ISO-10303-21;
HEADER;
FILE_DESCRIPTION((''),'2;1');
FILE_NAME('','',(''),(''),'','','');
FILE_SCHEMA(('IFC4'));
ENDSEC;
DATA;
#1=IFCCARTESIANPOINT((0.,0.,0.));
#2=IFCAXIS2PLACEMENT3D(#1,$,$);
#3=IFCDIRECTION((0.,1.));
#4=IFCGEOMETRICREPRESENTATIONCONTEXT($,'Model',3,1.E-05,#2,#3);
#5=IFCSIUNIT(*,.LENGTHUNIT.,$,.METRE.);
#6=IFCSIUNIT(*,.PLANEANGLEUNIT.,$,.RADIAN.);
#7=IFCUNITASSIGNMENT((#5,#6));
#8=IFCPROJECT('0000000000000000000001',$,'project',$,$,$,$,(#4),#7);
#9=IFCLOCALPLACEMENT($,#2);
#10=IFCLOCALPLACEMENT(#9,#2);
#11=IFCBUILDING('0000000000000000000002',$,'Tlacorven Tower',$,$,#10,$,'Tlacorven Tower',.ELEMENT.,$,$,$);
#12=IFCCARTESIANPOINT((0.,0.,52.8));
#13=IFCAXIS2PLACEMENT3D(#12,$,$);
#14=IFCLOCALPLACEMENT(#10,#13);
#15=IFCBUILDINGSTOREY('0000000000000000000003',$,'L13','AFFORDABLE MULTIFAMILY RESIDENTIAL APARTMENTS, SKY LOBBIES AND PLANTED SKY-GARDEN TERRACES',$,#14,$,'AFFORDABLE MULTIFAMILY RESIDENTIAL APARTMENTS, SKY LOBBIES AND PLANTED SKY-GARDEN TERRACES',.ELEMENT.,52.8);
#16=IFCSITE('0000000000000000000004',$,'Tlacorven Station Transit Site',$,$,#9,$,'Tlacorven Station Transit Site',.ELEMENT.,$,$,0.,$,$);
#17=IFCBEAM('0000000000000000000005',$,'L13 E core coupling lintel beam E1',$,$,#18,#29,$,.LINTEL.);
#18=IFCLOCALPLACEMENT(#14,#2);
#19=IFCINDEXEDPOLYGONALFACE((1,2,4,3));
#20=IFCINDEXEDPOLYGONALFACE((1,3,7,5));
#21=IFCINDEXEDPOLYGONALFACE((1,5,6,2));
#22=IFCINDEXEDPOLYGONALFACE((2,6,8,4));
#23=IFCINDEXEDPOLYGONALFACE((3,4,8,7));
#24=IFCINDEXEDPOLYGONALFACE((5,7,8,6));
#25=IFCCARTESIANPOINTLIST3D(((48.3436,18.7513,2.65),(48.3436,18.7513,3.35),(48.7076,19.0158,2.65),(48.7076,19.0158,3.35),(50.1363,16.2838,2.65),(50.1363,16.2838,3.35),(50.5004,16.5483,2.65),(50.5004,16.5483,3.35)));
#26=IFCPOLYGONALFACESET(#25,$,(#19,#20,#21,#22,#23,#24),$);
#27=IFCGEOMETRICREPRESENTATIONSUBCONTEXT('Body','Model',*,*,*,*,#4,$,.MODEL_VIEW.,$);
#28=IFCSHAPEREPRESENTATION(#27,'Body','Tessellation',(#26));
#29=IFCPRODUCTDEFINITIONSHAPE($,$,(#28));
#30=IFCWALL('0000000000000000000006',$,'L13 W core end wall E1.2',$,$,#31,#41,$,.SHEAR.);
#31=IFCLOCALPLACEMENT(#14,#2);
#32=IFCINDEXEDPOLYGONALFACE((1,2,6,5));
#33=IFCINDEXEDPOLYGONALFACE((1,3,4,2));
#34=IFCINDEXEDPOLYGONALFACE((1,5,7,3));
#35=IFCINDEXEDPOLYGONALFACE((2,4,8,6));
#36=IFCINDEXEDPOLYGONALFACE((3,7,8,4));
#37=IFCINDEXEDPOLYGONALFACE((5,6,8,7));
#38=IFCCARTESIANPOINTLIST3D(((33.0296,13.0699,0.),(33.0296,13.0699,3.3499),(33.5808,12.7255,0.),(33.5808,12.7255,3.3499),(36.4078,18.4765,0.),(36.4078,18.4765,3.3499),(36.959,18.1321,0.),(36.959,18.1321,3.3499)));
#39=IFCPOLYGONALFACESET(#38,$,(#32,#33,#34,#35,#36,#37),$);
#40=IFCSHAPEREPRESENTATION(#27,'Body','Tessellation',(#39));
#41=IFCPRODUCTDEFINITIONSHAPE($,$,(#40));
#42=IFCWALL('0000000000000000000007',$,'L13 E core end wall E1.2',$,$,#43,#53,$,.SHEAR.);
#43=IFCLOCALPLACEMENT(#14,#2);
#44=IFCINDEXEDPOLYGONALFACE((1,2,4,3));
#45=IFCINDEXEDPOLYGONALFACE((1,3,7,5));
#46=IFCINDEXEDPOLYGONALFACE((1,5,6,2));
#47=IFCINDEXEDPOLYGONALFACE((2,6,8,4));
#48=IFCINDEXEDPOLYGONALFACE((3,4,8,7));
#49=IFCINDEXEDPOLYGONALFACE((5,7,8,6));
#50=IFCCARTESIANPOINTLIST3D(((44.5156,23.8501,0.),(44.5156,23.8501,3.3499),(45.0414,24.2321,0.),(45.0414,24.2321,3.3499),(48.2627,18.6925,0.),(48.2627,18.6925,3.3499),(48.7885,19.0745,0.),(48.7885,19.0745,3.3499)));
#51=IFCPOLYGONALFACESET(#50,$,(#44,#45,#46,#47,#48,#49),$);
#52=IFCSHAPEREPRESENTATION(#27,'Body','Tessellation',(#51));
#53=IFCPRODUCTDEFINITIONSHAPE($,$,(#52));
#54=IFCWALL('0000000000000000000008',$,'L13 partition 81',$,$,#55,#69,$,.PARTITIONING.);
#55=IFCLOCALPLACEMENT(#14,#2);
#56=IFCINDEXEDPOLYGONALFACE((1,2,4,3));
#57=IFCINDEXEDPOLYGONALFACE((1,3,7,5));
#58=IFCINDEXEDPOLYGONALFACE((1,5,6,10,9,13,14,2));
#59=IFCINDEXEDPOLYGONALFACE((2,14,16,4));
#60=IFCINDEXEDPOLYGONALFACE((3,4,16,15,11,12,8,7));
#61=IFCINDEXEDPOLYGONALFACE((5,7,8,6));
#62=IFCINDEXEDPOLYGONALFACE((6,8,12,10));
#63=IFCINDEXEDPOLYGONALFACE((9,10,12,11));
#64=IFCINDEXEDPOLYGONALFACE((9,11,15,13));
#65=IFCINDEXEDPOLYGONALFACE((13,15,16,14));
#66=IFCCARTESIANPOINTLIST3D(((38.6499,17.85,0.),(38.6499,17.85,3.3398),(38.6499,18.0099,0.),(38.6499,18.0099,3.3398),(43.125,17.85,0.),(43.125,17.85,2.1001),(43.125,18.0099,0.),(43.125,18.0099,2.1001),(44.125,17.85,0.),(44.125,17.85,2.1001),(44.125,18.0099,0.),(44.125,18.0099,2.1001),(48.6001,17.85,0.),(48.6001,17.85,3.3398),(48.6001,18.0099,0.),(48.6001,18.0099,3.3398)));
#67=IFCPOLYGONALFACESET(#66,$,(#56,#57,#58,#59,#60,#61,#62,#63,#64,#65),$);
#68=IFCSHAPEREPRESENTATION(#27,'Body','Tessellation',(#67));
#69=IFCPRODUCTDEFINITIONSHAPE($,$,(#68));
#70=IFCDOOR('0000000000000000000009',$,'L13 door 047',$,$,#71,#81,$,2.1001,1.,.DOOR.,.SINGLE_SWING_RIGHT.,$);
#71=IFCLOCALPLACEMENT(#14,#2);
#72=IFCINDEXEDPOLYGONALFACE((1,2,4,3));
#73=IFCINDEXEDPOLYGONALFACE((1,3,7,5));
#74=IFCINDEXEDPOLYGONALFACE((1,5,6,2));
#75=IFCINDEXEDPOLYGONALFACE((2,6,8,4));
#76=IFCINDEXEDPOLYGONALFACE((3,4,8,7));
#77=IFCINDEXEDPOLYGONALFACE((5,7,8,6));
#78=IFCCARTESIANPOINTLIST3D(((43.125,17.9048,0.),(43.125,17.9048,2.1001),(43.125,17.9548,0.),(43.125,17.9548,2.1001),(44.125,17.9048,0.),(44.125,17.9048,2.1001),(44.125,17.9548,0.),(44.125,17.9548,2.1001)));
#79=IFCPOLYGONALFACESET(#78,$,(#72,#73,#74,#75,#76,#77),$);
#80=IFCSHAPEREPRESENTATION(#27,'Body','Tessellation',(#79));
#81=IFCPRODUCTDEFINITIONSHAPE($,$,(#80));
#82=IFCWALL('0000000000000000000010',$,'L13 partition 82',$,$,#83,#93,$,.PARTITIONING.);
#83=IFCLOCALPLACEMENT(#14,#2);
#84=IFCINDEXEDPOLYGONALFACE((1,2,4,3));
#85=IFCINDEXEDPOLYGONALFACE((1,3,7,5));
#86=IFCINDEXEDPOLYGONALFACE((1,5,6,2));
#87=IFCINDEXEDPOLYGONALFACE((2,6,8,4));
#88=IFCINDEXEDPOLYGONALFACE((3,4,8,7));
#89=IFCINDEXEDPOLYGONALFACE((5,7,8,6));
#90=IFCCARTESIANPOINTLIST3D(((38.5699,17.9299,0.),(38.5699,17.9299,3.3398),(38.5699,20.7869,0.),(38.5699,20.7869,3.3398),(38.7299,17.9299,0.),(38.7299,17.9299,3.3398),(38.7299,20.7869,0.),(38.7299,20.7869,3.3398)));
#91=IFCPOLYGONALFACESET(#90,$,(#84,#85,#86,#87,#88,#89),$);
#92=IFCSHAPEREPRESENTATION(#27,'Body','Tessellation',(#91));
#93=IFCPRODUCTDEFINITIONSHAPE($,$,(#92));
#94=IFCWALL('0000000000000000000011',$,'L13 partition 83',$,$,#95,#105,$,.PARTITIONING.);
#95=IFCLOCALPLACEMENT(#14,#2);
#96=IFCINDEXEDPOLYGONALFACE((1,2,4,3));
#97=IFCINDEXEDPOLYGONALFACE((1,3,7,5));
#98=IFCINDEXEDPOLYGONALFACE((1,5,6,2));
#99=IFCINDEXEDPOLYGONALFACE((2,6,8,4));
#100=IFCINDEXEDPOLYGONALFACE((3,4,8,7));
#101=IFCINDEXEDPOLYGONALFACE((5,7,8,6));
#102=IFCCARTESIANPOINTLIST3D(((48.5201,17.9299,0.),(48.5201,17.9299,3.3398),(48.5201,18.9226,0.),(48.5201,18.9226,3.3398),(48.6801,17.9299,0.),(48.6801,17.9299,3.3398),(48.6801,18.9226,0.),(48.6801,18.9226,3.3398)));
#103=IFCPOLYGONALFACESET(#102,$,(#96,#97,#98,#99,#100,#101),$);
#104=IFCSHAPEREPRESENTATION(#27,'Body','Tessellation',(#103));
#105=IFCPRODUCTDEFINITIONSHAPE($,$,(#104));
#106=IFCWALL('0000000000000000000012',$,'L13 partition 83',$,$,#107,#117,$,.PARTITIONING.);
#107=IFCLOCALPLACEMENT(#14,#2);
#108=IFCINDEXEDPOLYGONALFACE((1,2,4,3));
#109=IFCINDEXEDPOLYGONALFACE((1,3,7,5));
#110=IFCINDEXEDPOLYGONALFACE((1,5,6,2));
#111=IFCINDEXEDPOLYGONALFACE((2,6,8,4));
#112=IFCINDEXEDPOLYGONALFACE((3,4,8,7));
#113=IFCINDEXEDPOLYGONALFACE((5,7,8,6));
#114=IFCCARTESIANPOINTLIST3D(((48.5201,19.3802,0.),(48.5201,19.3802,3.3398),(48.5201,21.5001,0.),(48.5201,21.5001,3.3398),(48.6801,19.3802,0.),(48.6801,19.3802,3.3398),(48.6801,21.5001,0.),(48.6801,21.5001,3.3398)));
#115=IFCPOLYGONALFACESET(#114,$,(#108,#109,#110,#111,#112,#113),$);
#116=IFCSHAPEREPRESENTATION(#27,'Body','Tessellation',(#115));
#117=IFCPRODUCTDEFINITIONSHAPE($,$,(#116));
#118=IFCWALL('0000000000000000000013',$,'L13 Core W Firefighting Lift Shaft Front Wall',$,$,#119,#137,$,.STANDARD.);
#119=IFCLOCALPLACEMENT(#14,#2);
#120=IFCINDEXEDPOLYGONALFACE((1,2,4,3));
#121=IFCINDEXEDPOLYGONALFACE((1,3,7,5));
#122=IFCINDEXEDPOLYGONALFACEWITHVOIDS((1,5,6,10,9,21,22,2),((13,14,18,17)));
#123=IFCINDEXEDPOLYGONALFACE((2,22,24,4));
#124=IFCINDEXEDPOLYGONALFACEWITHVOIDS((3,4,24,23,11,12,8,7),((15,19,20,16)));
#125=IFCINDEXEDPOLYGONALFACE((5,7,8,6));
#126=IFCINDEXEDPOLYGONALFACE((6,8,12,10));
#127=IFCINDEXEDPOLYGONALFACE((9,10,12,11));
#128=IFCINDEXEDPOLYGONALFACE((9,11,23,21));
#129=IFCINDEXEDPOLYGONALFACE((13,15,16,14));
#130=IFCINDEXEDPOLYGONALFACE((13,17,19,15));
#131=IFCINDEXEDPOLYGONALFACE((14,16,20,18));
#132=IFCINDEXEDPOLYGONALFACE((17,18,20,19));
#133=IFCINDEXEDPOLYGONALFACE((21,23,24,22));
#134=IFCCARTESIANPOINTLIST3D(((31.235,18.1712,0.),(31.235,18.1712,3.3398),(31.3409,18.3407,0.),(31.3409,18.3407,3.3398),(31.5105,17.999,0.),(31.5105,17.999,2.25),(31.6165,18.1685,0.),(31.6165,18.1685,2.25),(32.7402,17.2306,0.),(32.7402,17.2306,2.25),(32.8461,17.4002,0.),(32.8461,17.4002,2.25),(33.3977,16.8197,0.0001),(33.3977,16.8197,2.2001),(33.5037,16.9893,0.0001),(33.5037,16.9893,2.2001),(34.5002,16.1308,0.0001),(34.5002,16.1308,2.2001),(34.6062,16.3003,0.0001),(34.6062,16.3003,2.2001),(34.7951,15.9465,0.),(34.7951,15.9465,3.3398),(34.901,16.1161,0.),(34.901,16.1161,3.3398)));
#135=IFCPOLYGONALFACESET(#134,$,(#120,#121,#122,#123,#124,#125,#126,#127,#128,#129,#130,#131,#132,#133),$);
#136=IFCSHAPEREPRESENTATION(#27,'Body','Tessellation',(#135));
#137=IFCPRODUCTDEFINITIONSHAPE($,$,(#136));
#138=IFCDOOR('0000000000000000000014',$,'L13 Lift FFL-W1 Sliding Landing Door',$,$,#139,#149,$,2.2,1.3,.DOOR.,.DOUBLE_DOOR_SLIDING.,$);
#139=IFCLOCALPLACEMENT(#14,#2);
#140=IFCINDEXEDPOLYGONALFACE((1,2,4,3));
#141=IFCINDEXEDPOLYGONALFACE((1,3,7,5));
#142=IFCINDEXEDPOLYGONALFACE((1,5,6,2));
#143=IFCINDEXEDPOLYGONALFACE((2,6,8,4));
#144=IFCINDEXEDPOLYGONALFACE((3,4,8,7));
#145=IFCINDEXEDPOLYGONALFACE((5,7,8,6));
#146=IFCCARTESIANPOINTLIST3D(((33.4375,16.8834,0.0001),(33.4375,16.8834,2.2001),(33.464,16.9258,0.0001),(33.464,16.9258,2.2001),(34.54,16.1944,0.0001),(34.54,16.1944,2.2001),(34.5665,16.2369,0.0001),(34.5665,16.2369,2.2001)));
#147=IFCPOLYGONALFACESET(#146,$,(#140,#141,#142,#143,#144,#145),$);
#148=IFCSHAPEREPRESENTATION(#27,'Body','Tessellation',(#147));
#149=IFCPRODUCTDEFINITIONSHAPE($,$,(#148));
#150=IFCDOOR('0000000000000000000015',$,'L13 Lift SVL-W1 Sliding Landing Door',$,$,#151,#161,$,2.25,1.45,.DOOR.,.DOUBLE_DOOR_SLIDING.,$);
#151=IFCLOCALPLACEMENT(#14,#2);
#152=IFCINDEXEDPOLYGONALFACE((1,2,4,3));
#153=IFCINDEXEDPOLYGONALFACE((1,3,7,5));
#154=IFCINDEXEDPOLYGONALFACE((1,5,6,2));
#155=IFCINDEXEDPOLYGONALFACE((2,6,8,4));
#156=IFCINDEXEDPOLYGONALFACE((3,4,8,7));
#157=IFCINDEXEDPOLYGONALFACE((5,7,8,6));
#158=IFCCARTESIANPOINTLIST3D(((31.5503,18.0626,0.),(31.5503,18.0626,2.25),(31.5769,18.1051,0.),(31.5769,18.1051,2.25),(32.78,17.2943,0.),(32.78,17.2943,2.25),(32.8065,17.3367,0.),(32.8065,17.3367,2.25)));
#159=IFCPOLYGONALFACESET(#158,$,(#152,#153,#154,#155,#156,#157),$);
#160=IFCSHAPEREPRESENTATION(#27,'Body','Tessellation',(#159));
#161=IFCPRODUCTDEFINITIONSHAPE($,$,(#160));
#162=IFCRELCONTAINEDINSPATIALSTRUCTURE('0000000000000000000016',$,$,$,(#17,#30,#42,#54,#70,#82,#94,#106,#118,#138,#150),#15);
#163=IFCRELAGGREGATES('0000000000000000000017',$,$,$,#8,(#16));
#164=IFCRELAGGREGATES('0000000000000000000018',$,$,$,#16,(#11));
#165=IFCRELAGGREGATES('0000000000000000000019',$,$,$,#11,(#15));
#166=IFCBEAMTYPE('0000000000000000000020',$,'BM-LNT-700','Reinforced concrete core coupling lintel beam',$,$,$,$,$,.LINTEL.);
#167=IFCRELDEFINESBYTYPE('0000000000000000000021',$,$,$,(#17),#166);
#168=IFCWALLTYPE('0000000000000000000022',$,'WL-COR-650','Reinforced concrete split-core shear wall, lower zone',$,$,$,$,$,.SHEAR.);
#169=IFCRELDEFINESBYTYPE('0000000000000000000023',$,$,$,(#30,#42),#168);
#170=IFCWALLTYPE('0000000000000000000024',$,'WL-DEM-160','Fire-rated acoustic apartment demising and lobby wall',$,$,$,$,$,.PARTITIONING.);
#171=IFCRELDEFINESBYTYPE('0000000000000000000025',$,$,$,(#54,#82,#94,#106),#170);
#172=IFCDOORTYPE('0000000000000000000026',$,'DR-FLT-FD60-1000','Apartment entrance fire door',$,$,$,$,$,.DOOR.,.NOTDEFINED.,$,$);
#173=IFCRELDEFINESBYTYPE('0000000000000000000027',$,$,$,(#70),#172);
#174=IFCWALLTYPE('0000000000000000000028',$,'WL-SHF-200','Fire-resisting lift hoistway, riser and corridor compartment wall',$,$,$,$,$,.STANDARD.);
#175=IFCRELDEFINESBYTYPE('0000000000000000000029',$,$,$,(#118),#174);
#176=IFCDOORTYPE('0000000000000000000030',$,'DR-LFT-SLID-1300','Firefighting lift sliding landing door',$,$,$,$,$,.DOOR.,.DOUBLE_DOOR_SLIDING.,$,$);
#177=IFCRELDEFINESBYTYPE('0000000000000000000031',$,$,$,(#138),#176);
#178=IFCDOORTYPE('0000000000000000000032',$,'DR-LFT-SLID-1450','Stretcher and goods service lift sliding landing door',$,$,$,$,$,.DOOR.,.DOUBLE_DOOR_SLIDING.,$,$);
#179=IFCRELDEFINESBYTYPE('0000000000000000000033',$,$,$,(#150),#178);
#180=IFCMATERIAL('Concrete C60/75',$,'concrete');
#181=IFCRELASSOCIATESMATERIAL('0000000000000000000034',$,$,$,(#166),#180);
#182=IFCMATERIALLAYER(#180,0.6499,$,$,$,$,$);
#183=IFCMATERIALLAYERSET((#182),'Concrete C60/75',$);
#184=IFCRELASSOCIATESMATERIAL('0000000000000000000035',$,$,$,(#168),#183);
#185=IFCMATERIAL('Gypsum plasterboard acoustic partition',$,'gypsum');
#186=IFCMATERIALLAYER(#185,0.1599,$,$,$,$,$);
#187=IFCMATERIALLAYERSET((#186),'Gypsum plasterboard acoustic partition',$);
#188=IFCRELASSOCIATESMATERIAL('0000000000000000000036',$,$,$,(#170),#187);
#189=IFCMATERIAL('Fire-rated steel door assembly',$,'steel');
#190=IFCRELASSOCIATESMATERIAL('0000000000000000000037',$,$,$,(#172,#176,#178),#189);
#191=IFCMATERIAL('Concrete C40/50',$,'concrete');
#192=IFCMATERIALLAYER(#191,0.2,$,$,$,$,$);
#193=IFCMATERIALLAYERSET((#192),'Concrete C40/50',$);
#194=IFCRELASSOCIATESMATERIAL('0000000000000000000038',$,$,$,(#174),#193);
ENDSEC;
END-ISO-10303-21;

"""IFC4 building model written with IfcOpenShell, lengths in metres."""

from ifc_helpers import new_model, si_unit, direction, frame, frame_2d, origin, origin_2d, place, context, subcontext, project, spatial, rectangle, extrude, source, transform, mapped, material, layer, layer_set, material_profile, profile_set, type_object, element, fill, save


model = new_model("IFC4")

# Units and contexts
model_context = context("Model", 3, precision=1e-05, world=origin(), true_north=direction((0.0, 1.0)))
body_context = subcontext(model_context, "Body", "Model", "MODEL_VIEW")
ifc_project = project(units=[si_unit("LENGTHUNIT", "METRE"), si_unit("PLANEANGLEUNIT", "RADIAN")], contexts=[model_context])

# Site, building, storey
site_placement = place(None, origin())
site = spatial("IfcSite", under=ifc_project, at=site_placement, Name="Tlacorven Station Transit Site", LongName="Tlacorven Station Transit Site", CompositionType="ELEMENT", RefElevation=0.0)
building_placement = place(site_placement, origin())
building = spatial("IfcBuilding", under=site, at=building_placement, Name="Tlacorven Tower", LongName="Tlacorven Tower", CompositionType="ELEMENT")
storey_placement = place(building_placement, frame((0.0, 0.0, 52.8)))
storey = spatial("IfcBuildingStorey", under=building, at=storey_placement, Name="L13", Description="AFFORDABLE MULTIFAMILY RESIDENTIAL APARTMENTS, SKY LOBBIES AND PLANTED SKY-GARDEN TERRACES", LongName="AFFORDABLE MULTIFAMILY RESIDENTIAL APARTMENTS, SKY LOBBIES AND PLANTED SKY-GARDEN TERRACES", CompositionType="ELEMENT", Elevation=52.8)

# Beam
ifc_material_1 = material(Name="Concrete C60/75", Category="concrete")
ifc_material_profile = material_profile(ifc_material_1, rectangle(XDim=0.45, YDim=0.7, at=origin_2d()), Name="RC 450X700")
ifc_profile_set = profile_set([ifc_material_profile], Name="Concrete C60/75")
beam_type = type_object("IfcBeamType", Name="BM-LNT-700", Description="Reinforced concrete core coupling lintel beam", PredefinedType="LINTEL", material=ifc_profile_set)
shared_shape_1 = source(origin(), body_context, "Body", "SweptSolid", [
    extrude(rectangle(XDim=0.45, YDim=0.7, at=origin_2d()), origin(), (0.0, 0.0, 1.0), 3.05),
])
beam_placement = place(storey_placement, frame((50.3184, 16.416, 3.0), z_axis=(-0.587777, 0.809023, 0.0), x_axis=(-0.809023, -0.587777, 0.0)))
element("IfcBeam", 1, at=beam_placement, inside=storey, type_object=beam_type, Name="L13 E core coupling lintel beam E1", PredefinedType="LINTEL", context=body_context, shape_type="MappedRepresentation", body=[
    mapped(shared_shape_1, transform((0.0, 0.0, 0.0), scale=1.0)),
])

# Walls
ifc_layer_1 = layer(ifc_material_1, 0.6499)
ifc_layer_set_1 = layer_set([ifc_layer_1], Name="Concrete C60/75")
wall_type_1 = type_object("IfcWallType", Name="WL-COR-650", Description="Reinforced concrete split-core shear wall, lower zone", PredefinedType="SHEAR", material=ifc_layer_set_1)
wall_1_placement = place(storey_placement, frame((36.6833, 18.3042, 0.0), z_axis=(0.0, 0.0, 1.0), x_axis=(-0.529899, -0.848061, 0.0)))
element("IfcWall", 2, at=wall_1_placement, inside=storey, type_object=wall_type_1, Name="L13 W core end wall E1.2", PredefinedType="SHEAR", context=body_context, shape_type="SweptSolid", body=[
    extrude(rectangle(XDim=6.3752, YDim=0.6499, at=frame_2d((3.1875, 0.0))), origin(), (0.0, 0.0, 1.0), 3.3499),
])
wall_2_placement = place(storey_placement, frame((48.5256, 18.8835, 0.0), z_axis=(0.0, 0.0, 1.0), x_axis=(-0.58778, 0.809021, 0.0)))
element("IfcWall", 3, at=wall_2_placement, inside=storey, type_object=wall_type_1, Name="L13 E core end wall E1.2", PredefinedType="SHEAR", context=body_context, shape_type="SweptSolid", body=[
    extrude(rectangle(XDim=6.375, YDim=0.6499, at=frame_2d((3.1875, 0.0))), origin(), (0.0, 0.0, 1.0), 3.3499),
])

# Wall, opening, door
ifc_material_2 = material(Name="Gypsum plasterboard acoustic partition", Category="gypsum")
ifc_layer_2 = layer(ifc_material_2, 0.1599)
ifc_layer_set_2 = layer_set([ifc_layer_2], Name="Gypsum plasterboard acoustic partition")
wall_type_2 = type_object("IfcWallType", Name="WL-DEM-160", Description="Fire-rated acoustic apartment demising and lobby wall", PredefinedType="PARTITIONING", material=ifc_layer_set_2)
wall_3_placement = place(storey_placement, frame((38.6499, 17.9299, 0.0), z_axis=(0.0, 0.0, 1.0), x_axis=(1.0, 0.0, 0.0)))
wall_3 = element("IfcWall", 4, at=wall_3_placement, inside=storey, type_object=wall_type_2, Name="L13 partition 81", PredefinedType="PARTITIONING", context=body_context, shape_type="SweptSolid", body=[
    extrude(rectangle(XDim=9.9502, YDim=0.1599, at=frame_2d((4.9751, 0.0))), origin(), (0.0, 0.0, 1.0), 3.3398),
])
opening_1_placement = place(wall_3_placement, frame((4.4751, 0.0, 0.0)))
opening_1 = element("IfcOpeningElement", 5, at=opening_1_placement, cuts=wall_3, PredefinedType="OPENING", context=body_context, shape_type="SweptSolid", body=[
    extrude(rectangle(XDim=1.0, YDim=2.1001, at=frame_2d((0.5, 1.05))), frame((0.0, 0.0898, 0.0), z_axis=(0.0, -1.0, 0.0), x_axis=(1.0, 0.0, 0.0)), (0.0, 0.0, 1.0), 0.1799),
])
ifc_material_3 = material(Name="Fire-rated steel door assembly", Category="steel")
door_type_1 = type_object("IfcDoorType", Name="DR-FLT-FD60-1000", Description="Apartment entrance fire door", OperationType="NOTDEFINED", PredefinedType="DOOR", material=ifc_material_3)
shared_shape_2 = source(origin(), body_context, "Body", "SweptSolid", [
    extrude(rectangle(XDim=1.0, YDim=2.1001, at=frame_2d((0.5, 1.05))), frame((0.0, 0.0249, 0.0), z_axis=(0.0, -1.0, 0.0), x_axis=(1.0, 0.0, 0.0)), (0.0, 0.0, 1.0), 0.05),
])
door_1_placement = place(opening_1_placement, origin())
door_1 = element("IfcDoor", 6, at=door_1_placement, inside=storey, type_object=door_type_1, Name="L13 door 047", OperationType="SINGLE_SWING_RIGHT", OverallHeight=2.1001, OverallWidth=1.0, PredefinedType="DOOR", context=body_context, shape_type="MappedRepresentation", body=[
    mapped(shared_shape_2, transform((0.0, 0.0, 0.0), scale=1.0)),
])
fill(opening_1, door_1)

# Walls
wall_4_placement = place(storey_placement, frame((38.6499, 17.9299, 0.0), z_axis=(0.0, 0.0, 1.0), x_axis=(0.0, 1.0, 0.0)))
element("IfcWall", 7, at=wall_4_placement, inside=storey, type_object=wall_type_2, Name="L13 partition 82", PredefinedType="PARTITIONING", context=body_context, shape_type="SweptSolid", body=[
    extrude(rectangle(XDim=2.8569, YDim=0.1599, at=frame_2d((1.4285, 0.0))), origin(), (0.0, 0.0, 1.0), 3.3398),
])
wall_5_placement = place(storey_placement, frame((48.6001, 17.9299, 0.0), z_axis=(0.0, 0.0, 1.0), x_axis=(0.0, 1.0, 0.0)))
element("IfcWall", 8, at=wall_5_placement, inside=storey, type_object=wall_type_2, Name="L13 partition 83", PredefinedType="PARTITIONING", context=body_context, shape_type="SweptSolid", body=[
    extrude(rectangle(XDim=0.9927, YDim=0.1599, at=frame_2d((0.4963, 0.0))), origin(), (0.0, 0.0, 1.0), 3.3398),
])
wall_6_placement = place(storey_placement, frame((48.6001, 19.3801, 0.0), z_axis=(0.0, 0.0, 1.0), x_axis=(0.0, 1.0, 0.0)))
element("IfcWall", 9, at=wall_6_placement, inside=storey, type_object=wall_type_2, Name="L13 partition 83", PredefinedType="PARTITIONING", context=body_context, shape_type="SweptSolid", body=[
    extrude(rectangle(XDim=2.1199, YDim=0.1599, at=frame_2d((1.0601, 0.0))), origin(), (0.0, 0.0, 1.0), 3.3398),
])

# Wall, openings, doors
ifc_material_4 = material(Name="Concrete C40/50", Category="concrete")
ifc_layer_3 = layer(ifc_material_4, 0.2)
ifc_layer_set_3 = layer_set([ifc_layer_3], Name="Concrete C40/50")
wall_type_3 = type_object("IfcWallType", Name="WL-SHF-200", Description="Fire-resisting lift hoistway, riser and corridor compartment wall", PredefinedType="STANDARD", material=ifc_layer_set_3)
wall_7_placement = place(storey_placement, frame((34.8481, 16.0312, 0.0), z_axis=(0.0, 0.0, 1.0), x_axis=(-0.848044, 0.529926, 0.0)))
wall_7 = element("IfcWall", 10, at=wall_7_placement, inside=storey, type_object=wall_type_3, Name="L13 Core W Firefighting Lift Shaft Front Wall", PredefinedType="STANDARD", context=body_context, shape_type="SweptSolid", body=[
    extrude(rectangle(XDim=4.198, YDim=0.2, at=frame_2d((2.0991, 0.0))), origin(), (0.0, 0.0, 1.0), 3.3398),
])
opening_2_placement = place(wall_7_placement, frame((0.3479, 0.0, 0.0)))
opening_2 = element("IfcOpeningElement", 11, at=opening_2_placement, cuts=wall_7, PredefinedType="OPENING", context=body_context, shape_type="SweptSolid", body=[
    extrude(rectangle(XDim=1.3, YDim=2.2, at=frame_2d((0.6499, 1.1001))), frame((0.0, 0.1099, 0.0), z_axis=(0.0, -1.0, 0.0), x_axis=(1.0, 0.0, 0.0)), (0.0, 0.0, 1.0), 0.22),
])
opening_3_placement = place(wall_7_placement, frame((2.4231, 0.0, 0.0)))
opening_3 = element("IfcOpeningElement", 12, at=opening_3_placement, cuts=wall_7, PredefinedType="OPENING", context=body_context, shape_type="SweptSolid", body=[
    extrude(rectangle(XDim=1.45, YDim=2.25, at=frame_2d((0.7251, 1.125))), frame((0.0, 0.1099, 0.0), z_axis=(0.0, -1.0, 0.0), x_axis=(1.0, 0.0, 0.0)), (0.0, 0.0, 1.0), 0.22),
])
door_type_2 = type_object("IfcDoorType", Name="DR-LFT-SLID-1300", Description="Firefighting lift sliding landing door", OperationType="DOUBLE_DOOR_SLIDING", PredefinedType="DOOR", material=ifc_material_3)
shared_shape_3 = source(origin(), body_context, "Body", "SweptSolid", [
    extrude(rectangle(XDim=1.3, YDim=2.2, at=frame_2d((0.6499, 1.1001))), frame((0.0, 0.0249, 0.0), z_axis=(0.0, -1.0, 0.0), x_axis=(1.0, 0.0, 0.0)), (0.0, 0.0, 1.0), 0.05),
])
door_2_placement = place(opening_2_placement, origin())
door_2 = element("IfcDoor", 13, at=door_2_placement, inside=storey, type_object=door_type_2, Name="L13 Lift FFL-W1 Sliding Landing Door", OperationType="DOUBLE_DOOR_SLIDING", OverallHeight=2.2, OverallWidth=1.3, PredefinedType="DOOR", context=body_context, shape_type="MappedRepresentation", body=[
    mapped(shared_shape_3, transform((0.0, 0.0, 0.0), scale=1.0)),
])
fill(opening_2, door_2)
door_type_3 = type_object("IfcDoorType", Name="DR-LFT-SLID-1450", Description="Stretcher and goods service lift sliding landing door", OperationType="DOUBLE_DOOR_SLIDING", PredefinedType="DOOR", material=ifc_material_3)
shared_shape_4 = source(origin(), body_context, "Body", "SweptSolid", [
    extrude(rectangle(XDim=1.45, YDim=2.25, at=frame_2d((0.7251, 1.125))), frame((0.0, 0.0249, 0.0), z_axis=(0.0, -1.0, 0.0), x_axis=(1.0, 0.0, 0.0)), (0.0, 0.0, 1.0), 0.05),
])
door_3_placement = place(opening_3_placement, origin())
door_3 = element("IfcDoor", 14, at=door_3_placement, inside=storey, type_object=door_type_3, Name="L13 Lift SVL-W1 Sliding Landing Door", OperationType="DOUBLE_DOOR_SLIDING", OverallHeight=2.25, OverallWidth=1.45, PredefinedType="DOOR", context=body_context, shape_type="MappedRepresentation", body=[
    mapped(shared_shape_4, transform((0.0, 0.0, 0.0), scale=1.0)),
])
fill(opening_3, door_3)

save(model, "model.ifc")
